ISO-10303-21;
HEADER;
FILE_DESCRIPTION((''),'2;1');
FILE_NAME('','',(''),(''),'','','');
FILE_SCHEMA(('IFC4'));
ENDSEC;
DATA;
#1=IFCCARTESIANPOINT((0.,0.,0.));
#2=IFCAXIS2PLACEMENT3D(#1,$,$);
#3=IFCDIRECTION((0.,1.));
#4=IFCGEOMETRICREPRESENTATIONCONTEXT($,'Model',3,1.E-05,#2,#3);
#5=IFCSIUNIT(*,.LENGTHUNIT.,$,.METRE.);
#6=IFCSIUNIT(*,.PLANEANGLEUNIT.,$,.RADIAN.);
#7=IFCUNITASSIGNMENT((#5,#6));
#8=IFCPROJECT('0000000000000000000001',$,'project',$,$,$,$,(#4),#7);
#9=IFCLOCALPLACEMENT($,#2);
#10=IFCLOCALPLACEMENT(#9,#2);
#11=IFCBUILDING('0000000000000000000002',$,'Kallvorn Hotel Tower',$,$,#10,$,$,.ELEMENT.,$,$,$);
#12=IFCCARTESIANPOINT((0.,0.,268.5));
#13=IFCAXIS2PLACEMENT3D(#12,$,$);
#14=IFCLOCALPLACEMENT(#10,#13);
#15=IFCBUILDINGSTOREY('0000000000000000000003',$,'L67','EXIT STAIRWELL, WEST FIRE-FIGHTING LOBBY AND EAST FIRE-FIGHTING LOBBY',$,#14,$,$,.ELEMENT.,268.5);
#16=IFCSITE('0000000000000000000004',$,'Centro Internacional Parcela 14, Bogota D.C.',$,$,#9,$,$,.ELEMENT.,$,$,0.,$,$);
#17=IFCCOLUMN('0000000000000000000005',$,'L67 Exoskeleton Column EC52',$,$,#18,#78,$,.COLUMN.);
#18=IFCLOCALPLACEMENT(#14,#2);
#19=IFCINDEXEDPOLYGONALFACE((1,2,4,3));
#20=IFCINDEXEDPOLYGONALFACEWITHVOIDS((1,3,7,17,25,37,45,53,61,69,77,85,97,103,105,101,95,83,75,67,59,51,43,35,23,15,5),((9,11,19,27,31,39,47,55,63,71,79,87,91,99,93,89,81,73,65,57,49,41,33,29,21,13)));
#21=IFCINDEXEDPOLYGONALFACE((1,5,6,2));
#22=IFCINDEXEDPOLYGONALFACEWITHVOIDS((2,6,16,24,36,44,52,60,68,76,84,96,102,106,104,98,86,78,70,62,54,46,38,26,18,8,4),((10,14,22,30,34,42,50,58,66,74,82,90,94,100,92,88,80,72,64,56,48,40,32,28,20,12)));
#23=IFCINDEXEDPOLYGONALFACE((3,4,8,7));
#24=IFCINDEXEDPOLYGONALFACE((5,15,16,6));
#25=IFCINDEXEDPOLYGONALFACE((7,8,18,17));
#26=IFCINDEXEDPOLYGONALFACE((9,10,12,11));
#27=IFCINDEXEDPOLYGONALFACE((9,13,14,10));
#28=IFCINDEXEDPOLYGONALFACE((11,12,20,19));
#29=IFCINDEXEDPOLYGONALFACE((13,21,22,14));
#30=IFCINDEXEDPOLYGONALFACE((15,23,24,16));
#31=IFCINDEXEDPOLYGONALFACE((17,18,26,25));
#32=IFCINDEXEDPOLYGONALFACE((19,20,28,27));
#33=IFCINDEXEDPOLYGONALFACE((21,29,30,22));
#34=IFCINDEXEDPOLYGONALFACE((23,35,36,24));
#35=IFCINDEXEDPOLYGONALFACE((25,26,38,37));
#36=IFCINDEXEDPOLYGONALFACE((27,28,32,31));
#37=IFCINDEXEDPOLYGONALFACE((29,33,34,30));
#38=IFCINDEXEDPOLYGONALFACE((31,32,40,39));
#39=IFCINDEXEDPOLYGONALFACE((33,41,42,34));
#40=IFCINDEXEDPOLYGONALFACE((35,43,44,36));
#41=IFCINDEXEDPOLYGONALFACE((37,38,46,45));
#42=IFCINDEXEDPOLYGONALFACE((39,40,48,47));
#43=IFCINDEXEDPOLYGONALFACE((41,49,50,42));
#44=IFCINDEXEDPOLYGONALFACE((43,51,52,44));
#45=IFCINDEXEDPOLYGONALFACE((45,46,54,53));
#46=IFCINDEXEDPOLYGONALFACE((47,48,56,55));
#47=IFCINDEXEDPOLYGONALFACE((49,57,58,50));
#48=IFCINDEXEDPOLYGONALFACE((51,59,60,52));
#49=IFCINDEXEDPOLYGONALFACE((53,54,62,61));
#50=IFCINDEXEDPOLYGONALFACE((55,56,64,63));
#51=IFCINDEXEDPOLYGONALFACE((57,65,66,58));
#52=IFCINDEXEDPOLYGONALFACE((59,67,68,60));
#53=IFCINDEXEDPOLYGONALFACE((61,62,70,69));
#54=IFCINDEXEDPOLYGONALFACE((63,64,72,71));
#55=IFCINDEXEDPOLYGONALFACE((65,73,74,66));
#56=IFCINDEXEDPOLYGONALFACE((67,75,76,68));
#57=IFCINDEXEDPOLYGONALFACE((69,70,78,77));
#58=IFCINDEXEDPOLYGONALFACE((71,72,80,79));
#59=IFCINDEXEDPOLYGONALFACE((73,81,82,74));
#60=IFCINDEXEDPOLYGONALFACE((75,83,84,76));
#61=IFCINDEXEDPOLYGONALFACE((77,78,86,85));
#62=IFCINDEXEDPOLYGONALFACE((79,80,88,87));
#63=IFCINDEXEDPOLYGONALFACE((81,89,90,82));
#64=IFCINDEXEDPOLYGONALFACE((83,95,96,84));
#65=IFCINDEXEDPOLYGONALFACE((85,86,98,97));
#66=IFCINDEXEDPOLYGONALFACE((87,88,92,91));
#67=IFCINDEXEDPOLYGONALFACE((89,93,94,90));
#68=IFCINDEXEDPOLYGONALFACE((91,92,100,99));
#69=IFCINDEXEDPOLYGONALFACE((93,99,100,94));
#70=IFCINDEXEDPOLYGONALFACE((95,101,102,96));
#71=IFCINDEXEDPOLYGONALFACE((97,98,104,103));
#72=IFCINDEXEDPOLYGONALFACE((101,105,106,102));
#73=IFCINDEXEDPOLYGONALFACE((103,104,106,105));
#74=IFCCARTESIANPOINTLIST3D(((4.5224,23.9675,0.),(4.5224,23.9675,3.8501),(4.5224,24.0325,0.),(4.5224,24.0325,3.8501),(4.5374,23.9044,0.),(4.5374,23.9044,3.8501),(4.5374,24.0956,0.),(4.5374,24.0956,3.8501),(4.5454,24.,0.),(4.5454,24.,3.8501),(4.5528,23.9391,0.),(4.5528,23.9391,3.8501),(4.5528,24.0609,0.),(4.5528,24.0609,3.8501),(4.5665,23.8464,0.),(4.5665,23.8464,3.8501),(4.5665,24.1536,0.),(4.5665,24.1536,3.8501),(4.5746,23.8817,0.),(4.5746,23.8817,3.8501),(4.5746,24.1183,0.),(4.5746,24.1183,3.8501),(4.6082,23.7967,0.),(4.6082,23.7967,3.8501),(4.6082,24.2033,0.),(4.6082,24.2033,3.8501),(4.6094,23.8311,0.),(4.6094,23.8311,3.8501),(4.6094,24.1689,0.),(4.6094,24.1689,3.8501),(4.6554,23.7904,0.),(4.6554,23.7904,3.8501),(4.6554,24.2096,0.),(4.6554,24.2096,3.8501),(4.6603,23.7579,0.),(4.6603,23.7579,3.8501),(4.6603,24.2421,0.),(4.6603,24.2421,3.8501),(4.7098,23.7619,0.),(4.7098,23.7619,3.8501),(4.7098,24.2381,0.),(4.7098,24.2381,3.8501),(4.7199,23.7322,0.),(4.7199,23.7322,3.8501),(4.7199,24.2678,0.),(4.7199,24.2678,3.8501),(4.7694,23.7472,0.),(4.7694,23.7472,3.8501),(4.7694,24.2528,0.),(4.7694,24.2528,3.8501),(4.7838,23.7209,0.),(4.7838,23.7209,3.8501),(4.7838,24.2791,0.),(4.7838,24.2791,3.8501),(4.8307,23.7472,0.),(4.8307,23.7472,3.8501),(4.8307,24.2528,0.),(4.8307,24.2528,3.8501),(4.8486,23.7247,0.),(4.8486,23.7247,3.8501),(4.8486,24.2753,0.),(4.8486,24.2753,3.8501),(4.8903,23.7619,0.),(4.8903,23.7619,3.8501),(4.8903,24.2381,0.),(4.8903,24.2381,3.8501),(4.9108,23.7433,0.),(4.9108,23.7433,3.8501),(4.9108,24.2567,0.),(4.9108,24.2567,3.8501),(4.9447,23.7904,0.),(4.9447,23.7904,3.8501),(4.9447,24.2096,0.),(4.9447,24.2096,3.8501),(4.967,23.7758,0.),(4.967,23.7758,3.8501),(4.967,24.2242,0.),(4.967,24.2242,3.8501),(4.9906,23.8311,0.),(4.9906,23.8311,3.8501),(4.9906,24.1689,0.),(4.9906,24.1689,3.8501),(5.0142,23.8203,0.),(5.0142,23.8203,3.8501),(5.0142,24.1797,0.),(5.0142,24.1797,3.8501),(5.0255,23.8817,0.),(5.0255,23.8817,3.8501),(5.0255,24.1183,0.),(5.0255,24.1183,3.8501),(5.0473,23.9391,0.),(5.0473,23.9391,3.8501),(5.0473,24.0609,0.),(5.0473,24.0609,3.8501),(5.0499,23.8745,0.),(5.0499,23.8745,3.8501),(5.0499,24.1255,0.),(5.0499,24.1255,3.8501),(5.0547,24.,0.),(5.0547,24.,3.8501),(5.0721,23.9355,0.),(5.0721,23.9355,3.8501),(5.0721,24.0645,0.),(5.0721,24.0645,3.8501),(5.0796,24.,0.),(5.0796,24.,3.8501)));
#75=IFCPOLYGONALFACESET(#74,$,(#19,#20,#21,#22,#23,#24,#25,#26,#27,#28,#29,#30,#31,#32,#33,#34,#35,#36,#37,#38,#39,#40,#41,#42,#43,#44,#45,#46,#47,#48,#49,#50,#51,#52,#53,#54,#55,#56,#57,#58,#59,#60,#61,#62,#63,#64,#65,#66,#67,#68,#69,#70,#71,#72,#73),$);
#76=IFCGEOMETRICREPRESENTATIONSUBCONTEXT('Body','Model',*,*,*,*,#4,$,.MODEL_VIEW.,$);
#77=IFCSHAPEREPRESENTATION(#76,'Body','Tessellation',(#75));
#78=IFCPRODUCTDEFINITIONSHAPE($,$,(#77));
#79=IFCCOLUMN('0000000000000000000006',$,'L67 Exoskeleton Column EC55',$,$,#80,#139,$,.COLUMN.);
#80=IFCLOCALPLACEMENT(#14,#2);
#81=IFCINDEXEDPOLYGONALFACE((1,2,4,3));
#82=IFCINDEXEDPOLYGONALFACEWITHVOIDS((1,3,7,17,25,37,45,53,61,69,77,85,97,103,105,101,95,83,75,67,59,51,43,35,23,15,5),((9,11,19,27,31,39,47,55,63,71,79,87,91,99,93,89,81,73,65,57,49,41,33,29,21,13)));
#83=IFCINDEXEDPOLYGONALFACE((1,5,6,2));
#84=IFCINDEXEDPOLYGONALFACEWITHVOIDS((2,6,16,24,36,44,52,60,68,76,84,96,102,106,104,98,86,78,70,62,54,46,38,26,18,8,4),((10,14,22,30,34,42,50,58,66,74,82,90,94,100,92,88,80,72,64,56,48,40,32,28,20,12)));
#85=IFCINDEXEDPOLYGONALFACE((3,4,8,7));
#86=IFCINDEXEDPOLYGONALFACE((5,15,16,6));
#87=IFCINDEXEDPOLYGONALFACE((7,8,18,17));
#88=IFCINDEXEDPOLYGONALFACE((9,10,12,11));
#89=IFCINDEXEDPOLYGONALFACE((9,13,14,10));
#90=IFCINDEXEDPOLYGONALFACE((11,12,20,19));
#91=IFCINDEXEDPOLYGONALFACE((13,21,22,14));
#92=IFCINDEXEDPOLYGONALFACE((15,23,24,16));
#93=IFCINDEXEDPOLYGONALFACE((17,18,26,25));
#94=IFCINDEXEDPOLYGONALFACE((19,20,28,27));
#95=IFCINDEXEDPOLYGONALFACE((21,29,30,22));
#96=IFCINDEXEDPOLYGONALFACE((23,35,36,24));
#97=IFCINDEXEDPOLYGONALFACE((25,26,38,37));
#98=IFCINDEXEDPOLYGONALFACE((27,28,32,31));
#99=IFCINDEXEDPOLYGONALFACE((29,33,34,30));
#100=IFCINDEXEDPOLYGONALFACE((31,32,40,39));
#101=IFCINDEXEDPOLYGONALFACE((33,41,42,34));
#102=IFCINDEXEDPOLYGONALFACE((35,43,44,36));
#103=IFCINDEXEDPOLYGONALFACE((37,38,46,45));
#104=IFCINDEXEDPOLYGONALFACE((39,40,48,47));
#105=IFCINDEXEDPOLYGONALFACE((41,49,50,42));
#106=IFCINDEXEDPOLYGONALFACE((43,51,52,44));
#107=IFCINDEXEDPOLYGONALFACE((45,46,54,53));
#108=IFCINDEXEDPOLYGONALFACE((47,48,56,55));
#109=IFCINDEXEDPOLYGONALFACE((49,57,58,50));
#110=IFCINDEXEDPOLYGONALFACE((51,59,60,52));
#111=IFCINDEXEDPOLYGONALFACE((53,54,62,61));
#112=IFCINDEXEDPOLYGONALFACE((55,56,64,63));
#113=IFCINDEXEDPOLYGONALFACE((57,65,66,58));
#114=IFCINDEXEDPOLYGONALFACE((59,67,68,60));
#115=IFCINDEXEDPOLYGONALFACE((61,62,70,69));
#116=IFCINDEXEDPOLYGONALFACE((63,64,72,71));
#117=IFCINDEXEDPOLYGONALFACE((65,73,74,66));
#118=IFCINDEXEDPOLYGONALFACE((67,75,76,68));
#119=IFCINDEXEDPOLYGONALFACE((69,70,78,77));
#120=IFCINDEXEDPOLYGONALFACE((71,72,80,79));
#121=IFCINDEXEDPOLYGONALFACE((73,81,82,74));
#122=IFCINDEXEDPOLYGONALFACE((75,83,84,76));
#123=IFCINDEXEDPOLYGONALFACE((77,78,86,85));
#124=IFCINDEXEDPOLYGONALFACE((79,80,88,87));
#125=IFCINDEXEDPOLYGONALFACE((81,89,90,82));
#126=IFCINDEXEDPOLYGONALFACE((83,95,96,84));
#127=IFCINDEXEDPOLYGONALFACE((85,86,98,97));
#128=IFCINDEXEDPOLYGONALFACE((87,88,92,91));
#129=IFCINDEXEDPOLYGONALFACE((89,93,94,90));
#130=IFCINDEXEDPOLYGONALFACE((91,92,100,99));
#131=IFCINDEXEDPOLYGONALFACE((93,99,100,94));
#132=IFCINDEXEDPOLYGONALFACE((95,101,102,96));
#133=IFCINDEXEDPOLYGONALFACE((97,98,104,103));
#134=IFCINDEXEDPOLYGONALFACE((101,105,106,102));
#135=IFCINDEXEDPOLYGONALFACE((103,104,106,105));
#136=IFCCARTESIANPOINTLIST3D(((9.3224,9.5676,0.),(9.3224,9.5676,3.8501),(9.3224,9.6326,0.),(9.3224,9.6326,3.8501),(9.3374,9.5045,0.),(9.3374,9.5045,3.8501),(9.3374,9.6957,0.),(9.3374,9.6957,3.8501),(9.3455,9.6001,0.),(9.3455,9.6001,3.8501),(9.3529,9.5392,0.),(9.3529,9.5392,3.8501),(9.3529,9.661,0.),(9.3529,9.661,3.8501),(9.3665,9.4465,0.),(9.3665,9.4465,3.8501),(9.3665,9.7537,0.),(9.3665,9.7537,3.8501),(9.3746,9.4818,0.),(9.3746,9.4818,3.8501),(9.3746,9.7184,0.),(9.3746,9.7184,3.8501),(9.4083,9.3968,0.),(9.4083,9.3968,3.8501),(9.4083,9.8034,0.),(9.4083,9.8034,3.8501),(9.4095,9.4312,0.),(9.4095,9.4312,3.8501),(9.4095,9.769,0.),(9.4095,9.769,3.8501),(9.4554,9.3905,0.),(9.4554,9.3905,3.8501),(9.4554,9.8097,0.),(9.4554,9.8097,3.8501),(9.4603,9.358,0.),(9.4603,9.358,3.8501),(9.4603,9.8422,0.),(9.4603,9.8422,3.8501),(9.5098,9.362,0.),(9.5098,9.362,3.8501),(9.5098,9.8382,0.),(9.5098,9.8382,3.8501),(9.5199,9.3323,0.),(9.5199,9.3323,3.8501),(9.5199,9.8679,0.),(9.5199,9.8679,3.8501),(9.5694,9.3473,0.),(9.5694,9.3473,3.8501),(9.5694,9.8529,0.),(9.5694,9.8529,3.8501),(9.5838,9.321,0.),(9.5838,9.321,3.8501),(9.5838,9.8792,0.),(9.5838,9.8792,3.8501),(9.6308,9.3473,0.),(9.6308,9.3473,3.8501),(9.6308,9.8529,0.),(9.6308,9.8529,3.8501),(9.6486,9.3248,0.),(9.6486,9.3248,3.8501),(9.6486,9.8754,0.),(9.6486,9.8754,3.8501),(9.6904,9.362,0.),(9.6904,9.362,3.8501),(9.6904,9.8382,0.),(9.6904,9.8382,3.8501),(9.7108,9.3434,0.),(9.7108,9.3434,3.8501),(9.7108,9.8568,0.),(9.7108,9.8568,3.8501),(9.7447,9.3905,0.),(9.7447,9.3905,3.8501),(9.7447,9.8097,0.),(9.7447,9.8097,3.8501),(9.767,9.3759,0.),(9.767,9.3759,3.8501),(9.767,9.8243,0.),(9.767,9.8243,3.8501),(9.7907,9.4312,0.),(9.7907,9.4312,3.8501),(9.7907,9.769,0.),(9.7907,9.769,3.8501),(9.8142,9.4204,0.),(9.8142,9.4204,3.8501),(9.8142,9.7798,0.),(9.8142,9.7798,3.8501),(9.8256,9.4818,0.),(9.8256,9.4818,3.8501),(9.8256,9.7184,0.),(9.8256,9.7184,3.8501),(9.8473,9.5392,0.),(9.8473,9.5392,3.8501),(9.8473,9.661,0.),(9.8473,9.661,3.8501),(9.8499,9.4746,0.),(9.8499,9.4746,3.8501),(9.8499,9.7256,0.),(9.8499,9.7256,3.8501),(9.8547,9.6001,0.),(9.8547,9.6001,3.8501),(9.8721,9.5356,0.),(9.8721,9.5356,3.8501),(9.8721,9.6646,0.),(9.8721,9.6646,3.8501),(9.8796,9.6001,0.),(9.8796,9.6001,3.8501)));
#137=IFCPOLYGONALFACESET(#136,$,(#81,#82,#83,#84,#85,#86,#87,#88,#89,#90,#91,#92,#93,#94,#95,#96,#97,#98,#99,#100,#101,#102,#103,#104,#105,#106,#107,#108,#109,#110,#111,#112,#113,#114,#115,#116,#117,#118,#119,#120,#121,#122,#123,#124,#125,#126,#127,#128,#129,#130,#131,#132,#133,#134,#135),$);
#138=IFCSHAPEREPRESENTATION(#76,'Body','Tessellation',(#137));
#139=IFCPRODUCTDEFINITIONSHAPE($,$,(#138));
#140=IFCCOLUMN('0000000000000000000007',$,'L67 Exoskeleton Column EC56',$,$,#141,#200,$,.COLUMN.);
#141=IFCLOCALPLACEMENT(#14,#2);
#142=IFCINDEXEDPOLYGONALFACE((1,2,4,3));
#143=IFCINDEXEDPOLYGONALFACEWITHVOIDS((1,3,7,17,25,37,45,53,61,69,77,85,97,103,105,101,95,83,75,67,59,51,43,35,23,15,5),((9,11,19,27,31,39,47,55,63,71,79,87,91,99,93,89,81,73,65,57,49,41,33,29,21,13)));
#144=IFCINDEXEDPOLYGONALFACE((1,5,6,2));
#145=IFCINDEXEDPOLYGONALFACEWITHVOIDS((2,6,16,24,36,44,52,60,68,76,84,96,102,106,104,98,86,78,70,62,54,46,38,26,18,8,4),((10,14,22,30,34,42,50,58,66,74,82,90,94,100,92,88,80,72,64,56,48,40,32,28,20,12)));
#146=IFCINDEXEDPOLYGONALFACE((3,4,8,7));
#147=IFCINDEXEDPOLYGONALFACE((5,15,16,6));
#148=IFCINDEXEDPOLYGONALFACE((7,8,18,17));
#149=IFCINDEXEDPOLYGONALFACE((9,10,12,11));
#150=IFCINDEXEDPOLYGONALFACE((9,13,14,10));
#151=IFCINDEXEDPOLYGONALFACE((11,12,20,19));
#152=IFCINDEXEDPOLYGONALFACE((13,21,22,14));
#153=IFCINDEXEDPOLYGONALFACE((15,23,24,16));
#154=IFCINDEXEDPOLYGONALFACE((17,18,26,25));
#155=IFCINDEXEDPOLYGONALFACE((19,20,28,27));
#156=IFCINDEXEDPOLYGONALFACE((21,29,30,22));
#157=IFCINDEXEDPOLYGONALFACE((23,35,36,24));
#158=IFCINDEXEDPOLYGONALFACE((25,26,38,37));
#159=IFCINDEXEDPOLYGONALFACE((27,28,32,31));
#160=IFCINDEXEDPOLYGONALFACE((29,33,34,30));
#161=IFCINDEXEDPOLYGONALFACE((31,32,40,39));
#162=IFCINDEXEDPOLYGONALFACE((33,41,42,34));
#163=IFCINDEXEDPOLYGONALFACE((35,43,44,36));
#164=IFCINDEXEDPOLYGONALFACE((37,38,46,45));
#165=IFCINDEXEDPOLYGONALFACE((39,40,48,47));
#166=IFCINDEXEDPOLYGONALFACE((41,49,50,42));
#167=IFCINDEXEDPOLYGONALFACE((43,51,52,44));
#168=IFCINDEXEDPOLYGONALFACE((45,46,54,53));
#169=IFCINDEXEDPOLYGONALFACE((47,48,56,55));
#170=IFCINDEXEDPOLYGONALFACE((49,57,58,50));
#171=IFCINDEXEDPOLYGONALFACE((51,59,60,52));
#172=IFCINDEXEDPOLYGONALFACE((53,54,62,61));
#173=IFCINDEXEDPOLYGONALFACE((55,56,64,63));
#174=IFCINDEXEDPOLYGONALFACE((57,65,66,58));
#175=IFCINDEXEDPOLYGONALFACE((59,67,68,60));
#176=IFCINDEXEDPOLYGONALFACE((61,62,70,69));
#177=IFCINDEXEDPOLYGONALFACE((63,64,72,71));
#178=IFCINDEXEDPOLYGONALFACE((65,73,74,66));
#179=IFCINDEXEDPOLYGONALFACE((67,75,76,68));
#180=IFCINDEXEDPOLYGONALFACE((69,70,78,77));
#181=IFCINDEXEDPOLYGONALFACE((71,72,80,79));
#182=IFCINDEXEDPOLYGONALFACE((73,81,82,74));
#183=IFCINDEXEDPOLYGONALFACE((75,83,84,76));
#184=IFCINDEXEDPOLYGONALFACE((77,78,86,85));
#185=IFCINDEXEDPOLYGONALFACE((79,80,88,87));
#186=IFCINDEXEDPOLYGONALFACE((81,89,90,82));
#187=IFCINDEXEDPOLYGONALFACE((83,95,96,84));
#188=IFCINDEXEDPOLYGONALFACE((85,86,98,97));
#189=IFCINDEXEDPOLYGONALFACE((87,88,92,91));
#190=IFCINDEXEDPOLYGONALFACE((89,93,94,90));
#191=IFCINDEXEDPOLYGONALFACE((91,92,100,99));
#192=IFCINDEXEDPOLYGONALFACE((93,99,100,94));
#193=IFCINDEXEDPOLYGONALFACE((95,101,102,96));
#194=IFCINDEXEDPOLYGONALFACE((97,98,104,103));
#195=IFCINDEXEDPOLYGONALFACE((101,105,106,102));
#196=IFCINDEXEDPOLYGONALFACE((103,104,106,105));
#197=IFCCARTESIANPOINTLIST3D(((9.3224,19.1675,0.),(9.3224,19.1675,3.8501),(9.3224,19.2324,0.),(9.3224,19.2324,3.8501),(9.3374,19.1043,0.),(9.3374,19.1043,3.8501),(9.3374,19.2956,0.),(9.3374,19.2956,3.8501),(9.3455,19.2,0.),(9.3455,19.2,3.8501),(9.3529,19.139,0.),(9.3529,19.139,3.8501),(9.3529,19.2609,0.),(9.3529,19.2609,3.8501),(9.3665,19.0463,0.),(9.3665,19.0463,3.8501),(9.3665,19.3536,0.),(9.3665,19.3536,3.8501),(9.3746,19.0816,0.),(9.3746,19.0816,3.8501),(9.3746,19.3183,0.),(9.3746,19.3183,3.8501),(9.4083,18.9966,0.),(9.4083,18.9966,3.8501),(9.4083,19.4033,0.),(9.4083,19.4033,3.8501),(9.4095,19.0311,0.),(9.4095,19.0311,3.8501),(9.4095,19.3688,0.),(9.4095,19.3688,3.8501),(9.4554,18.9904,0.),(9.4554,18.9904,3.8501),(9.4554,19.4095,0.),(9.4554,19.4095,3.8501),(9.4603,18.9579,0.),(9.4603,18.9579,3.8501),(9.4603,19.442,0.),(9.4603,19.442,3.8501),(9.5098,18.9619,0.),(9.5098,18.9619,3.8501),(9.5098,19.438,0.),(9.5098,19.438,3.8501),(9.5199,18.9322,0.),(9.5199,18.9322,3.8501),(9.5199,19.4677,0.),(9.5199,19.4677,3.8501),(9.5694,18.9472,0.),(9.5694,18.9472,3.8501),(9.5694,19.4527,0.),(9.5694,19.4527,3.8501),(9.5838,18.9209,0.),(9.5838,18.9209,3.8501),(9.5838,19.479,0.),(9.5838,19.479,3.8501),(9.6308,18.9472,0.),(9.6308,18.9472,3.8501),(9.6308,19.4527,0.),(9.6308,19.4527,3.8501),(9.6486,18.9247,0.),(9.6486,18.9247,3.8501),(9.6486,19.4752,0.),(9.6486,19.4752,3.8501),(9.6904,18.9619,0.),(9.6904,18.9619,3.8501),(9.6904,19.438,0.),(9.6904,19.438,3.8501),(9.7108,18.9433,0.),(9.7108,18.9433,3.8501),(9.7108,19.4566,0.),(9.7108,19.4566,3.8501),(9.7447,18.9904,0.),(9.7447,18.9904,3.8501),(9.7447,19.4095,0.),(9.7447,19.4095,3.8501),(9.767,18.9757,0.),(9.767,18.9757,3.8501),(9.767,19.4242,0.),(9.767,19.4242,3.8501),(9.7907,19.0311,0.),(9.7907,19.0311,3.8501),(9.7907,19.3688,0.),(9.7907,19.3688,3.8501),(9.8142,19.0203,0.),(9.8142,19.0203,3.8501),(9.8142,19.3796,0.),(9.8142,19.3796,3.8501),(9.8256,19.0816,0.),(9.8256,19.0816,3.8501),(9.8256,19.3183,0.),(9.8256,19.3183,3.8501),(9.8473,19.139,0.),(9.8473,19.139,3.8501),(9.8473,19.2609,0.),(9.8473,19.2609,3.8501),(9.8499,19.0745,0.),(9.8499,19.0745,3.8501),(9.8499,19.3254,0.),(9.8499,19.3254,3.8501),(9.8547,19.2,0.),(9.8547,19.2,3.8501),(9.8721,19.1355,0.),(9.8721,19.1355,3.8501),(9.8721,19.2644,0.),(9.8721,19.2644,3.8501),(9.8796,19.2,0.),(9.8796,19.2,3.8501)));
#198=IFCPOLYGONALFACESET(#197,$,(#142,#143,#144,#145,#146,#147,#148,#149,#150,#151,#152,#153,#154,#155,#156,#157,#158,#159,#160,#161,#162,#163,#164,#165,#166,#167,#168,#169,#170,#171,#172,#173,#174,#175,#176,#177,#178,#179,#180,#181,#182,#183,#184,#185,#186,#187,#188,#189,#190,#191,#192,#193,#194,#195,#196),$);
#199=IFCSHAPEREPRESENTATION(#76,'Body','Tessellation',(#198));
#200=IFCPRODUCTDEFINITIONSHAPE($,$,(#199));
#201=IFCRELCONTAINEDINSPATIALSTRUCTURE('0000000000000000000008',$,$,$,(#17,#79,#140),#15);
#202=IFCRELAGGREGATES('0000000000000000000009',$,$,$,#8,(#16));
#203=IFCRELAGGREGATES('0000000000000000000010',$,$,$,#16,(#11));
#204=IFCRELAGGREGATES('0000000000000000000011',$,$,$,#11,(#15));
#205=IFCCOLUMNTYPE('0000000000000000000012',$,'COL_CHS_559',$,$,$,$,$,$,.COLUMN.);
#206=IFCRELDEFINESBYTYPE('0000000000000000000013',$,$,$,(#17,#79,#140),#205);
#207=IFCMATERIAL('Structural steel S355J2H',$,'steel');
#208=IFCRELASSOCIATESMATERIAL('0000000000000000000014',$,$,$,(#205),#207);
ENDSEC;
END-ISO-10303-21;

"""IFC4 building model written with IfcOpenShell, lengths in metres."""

from ifc_helpers import new_model, si_unit, direction, frame, origin, origin_2d, place, context, subcontext, project, spatial, hollow_circle, extrude, material, material_profile, profile_set, type_object, element, save


model = new_model("IFC4")

# Units and contexts
model_context = context("Model", 3, precision=1e-05, world=origin(), true_north=direction((0.0, 1.0)))
body_context = subcontext(model_context, "Body", "Model", "MODEL_VIEW")
ifc_project = project(units=[si_unit("LENGTHUNIT", "METRE"), si_unit("PLANEANGLEUNIT", "RADIAN")], contexts=[model_context])

# Site, building, storey
site_placement = place(None, origin())
site = spatial("IfcSite", under=ifc_project, at=site_placement, Name="Centro Internacional Parcela 14, Bogota D.C.", CompositionType="ELEMENT", RefElevation=0.0)
building_placement = place(site_placement, origin())
building = spatial("IfcBuilding", under=site, at=building_placement, Name="Kallvorn Hotel Tower", CompositionType="ELEMENT")
storey_placement = place(building_placement, frame((0.0, 0.0, 268.5)))
storey = spatial("IfcBuildingStorey", under=building, at=storey_placement, Name="L67", Description="EXIT STAIRWELL, WEST FIRE-FIGHTING LOBBY AND EAST FIRE-FIGHTING LOBBY", CompositionType="ELEMENT", Elevation=268.5)

# Columns
ifc_material_1 = material(Name="Structural steel S355J2H", Category="steel")
ifc_material_profile_1 = material_profile(ifc_material_1, hollow_circle(Radius=0.2795, WallThickness=0.0249, at=origin_2d()), Name="CHS 559x25")
ifc_profile_set_1 = profile_set([ifc_material_profile_1], Name="Structural steel S355J2H")
column_type_1 = type_object("IfcColumnType", Name="COL_CHS_559", PredefinedType="COLUMN", material=ifc_profile_set_1)
for number, where, z_axis, x_axis, name in (
    (1, (4.8, 24.0, 0.0), (0.0, 0.0, 1.0), (1.0, 0.0, 0.0), "L67 Exoskeleton Column EC52"),
    (2, (9.6001, 9.6001, 0.0), (0.0, 0.0, 1.0), (1.0, 0.0, 0.0), "L67 Exoskeleton Column EC55"),
    (3, (9.6001, 19.2, 0.0), (0.0, 0.0, 1.0), (1.0, 0.0, 0.0), "L67 Exoskeleton Column EC56"),
):
    element("IfcColumn", number, at=place(storey_placement, frame(where, z_axis=z_axis, x_axis=x_axis)), inside=storey, type_object=column_type_1, Name=name, PredefinedType="COLUMN", context=body_context, shape_type="SweptSolid", body=[
        extrude(hollow_circle(Radius=0.2795, WallThickness=0.0249, at=origin_2d()), origin(), (0.0, 0.0, 1.0), 3.8501),
    ])

save(model, "model.ifc")
